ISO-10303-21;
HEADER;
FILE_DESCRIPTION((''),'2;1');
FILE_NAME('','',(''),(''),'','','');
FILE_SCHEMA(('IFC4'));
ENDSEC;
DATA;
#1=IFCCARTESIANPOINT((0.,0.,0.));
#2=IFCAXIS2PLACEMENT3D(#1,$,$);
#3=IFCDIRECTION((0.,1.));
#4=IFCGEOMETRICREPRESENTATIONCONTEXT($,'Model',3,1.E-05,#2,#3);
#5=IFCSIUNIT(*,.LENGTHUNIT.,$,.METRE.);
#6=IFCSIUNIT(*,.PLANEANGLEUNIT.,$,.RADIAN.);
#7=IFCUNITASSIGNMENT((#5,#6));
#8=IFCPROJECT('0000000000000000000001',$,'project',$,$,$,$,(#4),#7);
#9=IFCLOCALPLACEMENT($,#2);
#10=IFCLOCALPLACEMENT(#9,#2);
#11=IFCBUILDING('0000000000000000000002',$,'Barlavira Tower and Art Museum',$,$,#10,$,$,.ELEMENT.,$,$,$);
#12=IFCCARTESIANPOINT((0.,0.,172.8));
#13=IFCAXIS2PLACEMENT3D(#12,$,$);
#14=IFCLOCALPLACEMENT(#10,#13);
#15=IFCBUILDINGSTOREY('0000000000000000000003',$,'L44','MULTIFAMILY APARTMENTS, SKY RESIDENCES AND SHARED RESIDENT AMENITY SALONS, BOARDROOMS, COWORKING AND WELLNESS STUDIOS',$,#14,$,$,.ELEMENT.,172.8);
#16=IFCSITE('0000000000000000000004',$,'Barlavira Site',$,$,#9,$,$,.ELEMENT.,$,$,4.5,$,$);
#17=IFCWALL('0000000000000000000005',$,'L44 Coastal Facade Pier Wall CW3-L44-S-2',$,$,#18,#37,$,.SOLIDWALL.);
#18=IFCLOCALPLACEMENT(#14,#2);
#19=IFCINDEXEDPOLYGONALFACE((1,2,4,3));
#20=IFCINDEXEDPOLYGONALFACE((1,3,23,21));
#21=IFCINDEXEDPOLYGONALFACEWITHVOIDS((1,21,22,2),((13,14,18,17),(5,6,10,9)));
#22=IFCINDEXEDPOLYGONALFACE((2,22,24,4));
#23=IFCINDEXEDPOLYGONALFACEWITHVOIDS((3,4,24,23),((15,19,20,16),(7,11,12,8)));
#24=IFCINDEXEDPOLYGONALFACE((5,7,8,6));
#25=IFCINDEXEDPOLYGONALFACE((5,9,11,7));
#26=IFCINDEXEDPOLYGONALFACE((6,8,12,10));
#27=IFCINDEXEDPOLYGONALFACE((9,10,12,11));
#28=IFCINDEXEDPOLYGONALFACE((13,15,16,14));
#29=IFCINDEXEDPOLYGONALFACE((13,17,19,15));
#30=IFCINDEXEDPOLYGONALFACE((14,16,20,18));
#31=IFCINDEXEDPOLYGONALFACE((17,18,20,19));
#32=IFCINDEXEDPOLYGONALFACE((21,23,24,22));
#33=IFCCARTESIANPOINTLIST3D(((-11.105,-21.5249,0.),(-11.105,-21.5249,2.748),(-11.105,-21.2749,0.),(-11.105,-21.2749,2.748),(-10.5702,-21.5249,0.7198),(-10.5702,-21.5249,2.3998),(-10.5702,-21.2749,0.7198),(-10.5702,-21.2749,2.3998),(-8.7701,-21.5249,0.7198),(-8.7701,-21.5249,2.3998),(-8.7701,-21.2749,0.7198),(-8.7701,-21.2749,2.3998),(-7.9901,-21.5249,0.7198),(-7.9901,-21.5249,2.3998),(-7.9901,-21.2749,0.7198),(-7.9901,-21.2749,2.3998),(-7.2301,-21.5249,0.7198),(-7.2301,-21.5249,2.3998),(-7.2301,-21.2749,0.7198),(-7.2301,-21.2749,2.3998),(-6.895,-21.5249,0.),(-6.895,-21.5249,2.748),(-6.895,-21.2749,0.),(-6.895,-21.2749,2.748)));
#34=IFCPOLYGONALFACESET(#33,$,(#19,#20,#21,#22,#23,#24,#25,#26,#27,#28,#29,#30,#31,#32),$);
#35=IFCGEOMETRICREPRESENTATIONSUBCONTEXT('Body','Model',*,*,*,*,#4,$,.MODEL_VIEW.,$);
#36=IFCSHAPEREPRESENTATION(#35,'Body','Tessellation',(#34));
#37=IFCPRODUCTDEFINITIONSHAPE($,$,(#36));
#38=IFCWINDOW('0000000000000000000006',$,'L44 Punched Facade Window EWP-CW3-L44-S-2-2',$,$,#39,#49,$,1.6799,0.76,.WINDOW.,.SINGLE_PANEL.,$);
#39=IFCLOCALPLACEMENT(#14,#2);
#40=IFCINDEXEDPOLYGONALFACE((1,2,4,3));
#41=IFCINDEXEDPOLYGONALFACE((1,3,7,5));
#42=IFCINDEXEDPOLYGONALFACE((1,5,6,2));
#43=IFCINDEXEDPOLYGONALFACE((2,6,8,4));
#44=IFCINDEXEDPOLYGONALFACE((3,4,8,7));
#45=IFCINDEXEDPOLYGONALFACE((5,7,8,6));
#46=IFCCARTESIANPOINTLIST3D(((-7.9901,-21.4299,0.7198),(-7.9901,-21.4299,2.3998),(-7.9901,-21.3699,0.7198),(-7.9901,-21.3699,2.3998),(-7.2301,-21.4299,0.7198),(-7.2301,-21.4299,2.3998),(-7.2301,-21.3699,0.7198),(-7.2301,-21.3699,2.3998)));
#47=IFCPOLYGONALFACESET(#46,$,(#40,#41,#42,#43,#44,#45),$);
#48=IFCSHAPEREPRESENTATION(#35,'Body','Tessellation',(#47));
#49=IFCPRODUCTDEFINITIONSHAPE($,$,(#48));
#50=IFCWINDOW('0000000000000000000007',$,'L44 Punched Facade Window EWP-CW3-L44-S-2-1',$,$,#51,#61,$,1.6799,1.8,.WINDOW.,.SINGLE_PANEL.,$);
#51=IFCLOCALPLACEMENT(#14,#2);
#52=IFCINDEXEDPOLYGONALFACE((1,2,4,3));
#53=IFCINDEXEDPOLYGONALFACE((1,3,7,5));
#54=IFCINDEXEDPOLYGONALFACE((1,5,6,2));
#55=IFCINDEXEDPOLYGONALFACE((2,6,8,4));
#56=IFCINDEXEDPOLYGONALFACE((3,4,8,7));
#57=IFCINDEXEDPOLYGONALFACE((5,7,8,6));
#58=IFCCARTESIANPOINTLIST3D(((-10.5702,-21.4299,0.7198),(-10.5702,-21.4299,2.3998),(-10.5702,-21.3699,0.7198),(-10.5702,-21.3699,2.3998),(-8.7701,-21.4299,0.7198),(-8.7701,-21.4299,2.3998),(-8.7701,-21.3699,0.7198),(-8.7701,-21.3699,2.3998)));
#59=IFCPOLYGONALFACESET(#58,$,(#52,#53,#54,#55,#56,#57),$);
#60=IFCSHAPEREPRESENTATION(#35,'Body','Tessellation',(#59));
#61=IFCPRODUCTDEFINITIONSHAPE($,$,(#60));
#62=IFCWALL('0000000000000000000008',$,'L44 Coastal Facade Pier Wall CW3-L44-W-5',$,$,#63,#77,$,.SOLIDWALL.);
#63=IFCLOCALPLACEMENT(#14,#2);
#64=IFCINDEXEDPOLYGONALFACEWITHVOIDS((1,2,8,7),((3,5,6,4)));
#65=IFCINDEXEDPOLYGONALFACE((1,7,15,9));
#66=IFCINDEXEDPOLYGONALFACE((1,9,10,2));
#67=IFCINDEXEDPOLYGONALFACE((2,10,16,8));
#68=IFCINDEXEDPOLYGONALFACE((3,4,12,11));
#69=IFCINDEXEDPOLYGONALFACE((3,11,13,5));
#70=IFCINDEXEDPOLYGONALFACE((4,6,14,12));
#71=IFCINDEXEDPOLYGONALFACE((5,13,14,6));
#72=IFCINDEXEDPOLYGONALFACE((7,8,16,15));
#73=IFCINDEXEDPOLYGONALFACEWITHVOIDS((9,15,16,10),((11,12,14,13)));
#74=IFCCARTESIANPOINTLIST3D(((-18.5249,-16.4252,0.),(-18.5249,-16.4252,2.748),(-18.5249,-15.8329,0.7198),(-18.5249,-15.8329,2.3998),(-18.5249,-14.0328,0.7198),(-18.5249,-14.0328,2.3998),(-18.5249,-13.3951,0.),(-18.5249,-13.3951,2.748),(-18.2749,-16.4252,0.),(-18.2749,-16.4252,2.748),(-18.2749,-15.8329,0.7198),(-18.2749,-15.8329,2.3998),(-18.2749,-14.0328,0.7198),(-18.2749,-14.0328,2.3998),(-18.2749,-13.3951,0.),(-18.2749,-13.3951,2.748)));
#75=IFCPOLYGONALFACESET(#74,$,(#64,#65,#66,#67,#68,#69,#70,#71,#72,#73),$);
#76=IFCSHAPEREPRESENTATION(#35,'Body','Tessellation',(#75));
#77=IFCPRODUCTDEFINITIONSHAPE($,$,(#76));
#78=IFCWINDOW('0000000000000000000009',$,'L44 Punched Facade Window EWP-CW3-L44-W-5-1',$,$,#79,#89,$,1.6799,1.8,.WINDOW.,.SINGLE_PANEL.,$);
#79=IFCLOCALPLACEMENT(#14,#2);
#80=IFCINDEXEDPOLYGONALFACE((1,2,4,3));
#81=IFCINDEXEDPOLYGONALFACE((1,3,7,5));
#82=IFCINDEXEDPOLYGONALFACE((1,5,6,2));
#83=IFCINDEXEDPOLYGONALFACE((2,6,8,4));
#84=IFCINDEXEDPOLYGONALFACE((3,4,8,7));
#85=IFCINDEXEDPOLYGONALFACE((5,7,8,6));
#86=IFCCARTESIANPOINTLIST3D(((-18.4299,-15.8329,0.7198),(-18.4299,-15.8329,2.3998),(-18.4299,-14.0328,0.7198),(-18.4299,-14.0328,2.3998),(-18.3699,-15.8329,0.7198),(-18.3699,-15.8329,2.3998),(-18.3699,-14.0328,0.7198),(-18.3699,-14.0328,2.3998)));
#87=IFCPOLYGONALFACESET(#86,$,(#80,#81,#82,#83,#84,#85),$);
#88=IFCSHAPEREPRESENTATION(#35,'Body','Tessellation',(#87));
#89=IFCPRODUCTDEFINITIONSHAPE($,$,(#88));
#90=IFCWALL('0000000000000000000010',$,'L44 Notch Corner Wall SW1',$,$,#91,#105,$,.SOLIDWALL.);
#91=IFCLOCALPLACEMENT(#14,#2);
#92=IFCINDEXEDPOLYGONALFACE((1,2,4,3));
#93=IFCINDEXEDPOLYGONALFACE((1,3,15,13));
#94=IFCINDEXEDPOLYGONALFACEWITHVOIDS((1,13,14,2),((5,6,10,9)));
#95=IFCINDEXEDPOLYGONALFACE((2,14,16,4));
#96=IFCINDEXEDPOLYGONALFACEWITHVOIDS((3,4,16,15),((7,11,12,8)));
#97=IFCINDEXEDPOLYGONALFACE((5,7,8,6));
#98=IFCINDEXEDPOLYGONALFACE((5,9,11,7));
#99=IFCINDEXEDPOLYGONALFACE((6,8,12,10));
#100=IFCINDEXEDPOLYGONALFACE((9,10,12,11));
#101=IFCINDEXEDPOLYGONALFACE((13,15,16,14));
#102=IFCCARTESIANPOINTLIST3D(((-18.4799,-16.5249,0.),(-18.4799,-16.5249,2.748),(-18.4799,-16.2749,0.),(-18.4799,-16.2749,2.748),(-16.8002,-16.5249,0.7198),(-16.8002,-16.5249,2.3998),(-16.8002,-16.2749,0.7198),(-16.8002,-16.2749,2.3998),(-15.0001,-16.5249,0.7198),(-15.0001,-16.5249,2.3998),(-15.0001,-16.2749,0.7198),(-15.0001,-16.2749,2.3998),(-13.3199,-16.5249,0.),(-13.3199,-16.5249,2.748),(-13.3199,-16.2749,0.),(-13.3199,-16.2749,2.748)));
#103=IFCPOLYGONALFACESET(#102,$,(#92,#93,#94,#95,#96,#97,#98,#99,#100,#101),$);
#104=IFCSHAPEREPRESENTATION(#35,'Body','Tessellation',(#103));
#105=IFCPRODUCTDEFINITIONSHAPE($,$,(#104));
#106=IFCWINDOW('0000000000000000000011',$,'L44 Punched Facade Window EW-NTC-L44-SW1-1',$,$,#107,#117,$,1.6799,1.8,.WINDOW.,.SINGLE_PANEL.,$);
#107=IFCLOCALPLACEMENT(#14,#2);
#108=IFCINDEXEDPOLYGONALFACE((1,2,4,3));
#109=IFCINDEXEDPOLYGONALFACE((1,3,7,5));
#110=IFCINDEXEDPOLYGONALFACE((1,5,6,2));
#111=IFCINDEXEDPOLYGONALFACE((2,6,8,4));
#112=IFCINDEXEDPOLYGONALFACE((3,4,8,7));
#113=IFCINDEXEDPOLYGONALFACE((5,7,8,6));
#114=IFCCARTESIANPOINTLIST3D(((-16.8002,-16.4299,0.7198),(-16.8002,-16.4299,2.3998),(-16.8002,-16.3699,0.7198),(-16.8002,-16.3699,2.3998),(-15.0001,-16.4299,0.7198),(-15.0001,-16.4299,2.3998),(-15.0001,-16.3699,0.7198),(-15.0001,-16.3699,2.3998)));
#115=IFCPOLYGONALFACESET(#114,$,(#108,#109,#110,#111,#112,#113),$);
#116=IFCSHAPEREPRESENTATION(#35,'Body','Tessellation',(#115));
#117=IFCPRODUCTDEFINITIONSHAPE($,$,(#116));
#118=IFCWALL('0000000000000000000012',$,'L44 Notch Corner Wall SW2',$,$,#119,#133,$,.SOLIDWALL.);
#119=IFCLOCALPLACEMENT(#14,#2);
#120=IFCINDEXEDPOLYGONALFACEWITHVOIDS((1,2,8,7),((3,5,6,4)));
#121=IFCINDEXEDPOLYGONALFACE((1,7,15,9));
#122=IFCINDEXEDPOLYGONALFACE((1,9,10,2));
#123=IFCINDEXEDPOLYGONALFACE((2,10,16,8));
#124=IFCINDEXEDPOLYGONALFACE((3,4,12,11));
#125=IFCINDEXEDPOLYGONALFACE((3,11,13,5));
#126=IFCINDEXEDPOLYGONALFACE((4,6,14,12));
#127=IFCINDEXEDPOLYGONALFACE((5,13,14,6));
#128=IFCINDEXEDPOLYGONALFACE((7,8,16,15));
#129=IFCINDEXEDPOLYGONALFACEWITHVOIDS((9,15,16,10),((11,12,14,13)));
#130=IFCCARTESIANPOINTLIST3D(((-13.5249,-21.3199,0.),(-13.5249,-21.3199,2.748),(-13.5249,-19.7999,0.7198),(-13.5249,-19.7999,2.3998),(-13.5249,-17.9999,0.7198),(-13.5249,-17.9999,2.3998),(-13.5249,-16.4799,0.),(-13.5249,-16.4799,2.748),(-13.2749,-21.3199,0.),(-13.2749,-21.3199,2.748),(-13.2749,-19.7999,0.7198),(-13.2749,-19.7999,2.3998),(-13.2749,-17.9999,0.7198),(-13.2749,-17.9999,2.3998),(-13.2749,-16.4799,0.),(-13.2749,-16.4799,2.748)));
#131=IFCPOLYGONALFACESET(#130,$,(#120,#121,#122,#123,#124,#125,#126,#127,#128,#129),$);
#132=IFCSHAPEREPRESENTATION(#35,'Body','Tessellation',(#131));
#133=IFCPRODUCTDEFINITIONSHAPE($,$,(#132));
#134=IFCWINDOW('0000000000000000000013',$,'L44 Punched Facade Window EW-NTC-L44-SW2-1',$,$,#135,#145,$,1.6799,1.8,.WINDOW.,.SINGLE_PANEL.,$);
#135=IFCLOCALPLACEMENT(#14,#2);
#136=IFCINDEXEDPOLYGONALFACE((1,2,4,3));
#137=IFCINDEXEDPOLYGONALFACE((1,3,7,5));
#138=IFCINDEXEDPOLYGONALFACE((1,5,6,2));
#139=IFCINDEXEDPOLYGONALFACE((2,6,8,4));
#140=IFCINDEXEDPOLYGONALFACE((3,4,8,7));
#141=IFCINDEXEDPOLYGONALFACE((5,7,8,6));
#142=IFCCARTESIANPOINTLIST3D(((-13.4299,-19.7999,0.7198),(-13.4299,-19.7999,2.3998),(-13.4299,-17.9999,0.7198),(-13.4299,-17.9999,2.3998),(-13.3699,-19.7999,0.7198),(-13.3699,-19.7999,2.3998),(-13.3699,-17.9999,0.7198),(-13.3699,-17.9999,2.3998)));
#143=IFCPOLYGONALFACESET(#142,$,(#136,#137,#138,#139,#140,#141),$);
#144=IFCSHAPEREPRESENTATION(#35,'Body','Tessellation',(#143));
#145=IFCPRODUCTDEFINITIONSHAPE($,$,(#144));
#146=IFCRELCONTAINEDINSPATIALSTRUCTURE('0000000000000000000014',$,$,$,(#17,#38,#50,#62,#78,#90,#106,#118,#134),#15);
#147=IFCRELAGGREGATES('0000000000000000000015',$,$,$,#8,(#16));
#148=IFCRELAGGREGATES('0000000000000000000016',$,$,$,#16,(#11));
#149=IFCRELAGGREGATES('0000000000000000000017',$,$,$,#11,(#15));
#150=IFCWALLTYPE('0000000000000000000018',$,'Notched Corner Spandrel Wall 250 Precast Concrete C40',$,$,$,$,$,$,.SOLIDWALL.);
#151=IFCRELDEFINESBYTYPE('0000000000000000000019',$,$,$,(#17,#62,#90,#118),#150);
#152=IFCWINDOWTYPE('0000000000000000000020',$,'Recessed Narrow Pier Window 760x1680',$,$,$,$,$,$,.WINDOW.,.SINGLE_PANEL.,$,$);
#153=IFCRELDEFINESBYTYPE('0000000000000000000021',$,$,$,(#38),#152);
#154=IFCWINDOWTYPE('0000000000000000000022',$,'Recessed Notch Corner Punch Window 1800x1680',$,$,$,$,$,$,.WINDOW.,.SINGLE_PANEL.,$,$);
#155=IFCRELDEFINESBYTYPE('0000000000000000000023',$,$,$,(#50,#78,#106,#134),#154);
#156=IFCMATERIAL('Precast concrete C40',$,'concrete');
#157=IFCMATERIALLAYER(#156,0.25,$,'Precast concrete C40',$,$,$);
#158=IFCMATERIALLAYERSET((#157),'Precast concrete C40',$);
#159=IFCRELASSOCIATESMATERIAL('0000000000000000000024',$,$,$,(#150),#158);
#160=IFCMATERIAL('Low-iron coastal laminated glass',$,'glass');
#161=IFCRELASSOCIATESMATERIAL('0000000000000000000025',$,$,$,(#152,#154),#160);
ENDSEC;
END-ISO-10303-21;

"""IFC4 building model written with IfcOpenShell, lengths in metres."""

from ifc_helpers import new_model, si_unit, direction, frame, frame_2d, origin, place, context, subcontext, project, spatial, rectangle, extrude, material, layer, layer_set, type_object, element, fill, save


model = new_model("IFC4")

# Units and contexts
model_context = context("Model", 3, precision=1e-05, world=origin(), true_north=direction((0.0, 1.0)))
body_context = subcontext(model_context, "Body", "Model", "MODEL_VIEW")
ifc_project = project(units=[si_unit("LENGTHUNIT", "METRE"), si_unit("PLANEANGLEUNIT", "RADIAN")], contexts=[model_context])

# Site, building, storey
site_placement = place(None, origin())
site = spatial("IfcSite", under=ifc_project, at=site_placement, Name="Barlavira Site", CompositionType="ELEMENT", RefElevation=4.5)
building_placement = place(site_placement, origin())
building = spatial("IfcBuilding", under=site, at=building_placement, Name="Barlavira Tower and Art Museum", CompositionType="ELEMENT")
storey_placement = place(building_placement, frame((0.0, 0.0, 172.8)))
storey = spatial("IfcBuildingStorey", under=building, at=storey_placement, Name="L44", Description="MULTIFAMILY APARTMENTS, SKY RESIDENCES AND SHARED RESIDENT AMENITY SALONS, BOARDROOMS, COWORKING AND WELLNESS STUDIOS", CompositionType="ELEMENT", Elevation=172.8)

# Shared definitions
ifc_material_1 = material(Name="Precast concrete C40", Category="concrete")
ifc_layer_1 = layer(ifc_material_1, 0.25, Name="Precast concrete C40")
ifc_layer_set_1 = layer_set([ifc_layer_1], Name="Precast concrete C40")
wall_type_1 = type_object("IfcWallType", Name="Notched Corner Spandrel Wall 250 Precast Concrete C40", PredefinedType="SOLIDWALL", material=ifc_layer_set_1)
ifc_material_2 = material(Name="Low-iron coastal laminated glass", Category="glass")
window_type_1 = type_object("IfcWindowType", Name="Recessed Narrow Pier Window 760x1680", PartitioningType="SINGLE_PANEL", PredefinedType="WINDOW", material=ifc_material_2)

# Wall, openings, windows
wall_1_placement = place(storey_placement, frame((-11.105, -21.3999, 0.0), z_axis=(0.0, 0.0, 1.0), x_axis=(1.0, 0.0, 0.0)))
wall_1 = element("IfcWall", 1, at=wall_1_placement, inside=storey, type_object=wall_type_1, Name="L44 Coastal Facade Pier Wall CW3-L44-S-2", PredefinedType="SOLIDWALL", context=body_context, shape_type="SweptSolid", body=[
    extrude(rectangle(XDim=4.21, YDim=0.25, at=frame_2d((2.105, 0.0))), origin(), (0.0, 0.0, 1.0), 2.748),
])
opening_1_placement = place(wall_1_placement, frame((0.5349, 0.0, 0.72)))
opening_1 = element("IfcOpeningElement", 2, at=opening_1_placement, cuts=wall_1, PredefinedType="OPENING", context=body_context, shape_type="SweptSolid", body=[
    extrude(rectangle(XDim=1.8, YDim=1.6799, at=frame_2d((0.8999, 0.8398))), frame((0.0, 0.135, 0.0), z_axis=(0.0, -1.0, 0.0), x_axis=(1.0, 0.0, 0.0)), (0.0, 0.0, 1.0), 0.27),
])
opening_2_placement = place(wall_1_placement, frame((3.115, 0.0, 0.72)))
opening_2 = element("IfcOpeningElement", 3, at=opening_2_placement, cuts=wall_1, PredefinedType="OPENING", context=body_context, shape_type="SweptSolid", body=[
    extrude(rectangle(XDim=0.76, YDim=1.6799, at=frame_2d((0.3799, 0.8398))), frame((0.0, 0.135, 0.0), z_axis=(0.0, -1.0, 0.0), x_axis=(1.0, 0.0, 0.0)), (0.0, 0.0, 1.0), 0.27),
])
window_1_placement = place(opening_2_placement, origin())
window_1 = element("IfcWindow", 4, at=window_1_placement, inside=storey, type_object=window_type_1, Name="L44 Punched Facade Window EWP-CW3-L44-S-2-2", OverallHeight=1.6799, OverallWidth=0.76, PartitioningType="SINGLE_PANEL", PredefinedType="WINDOW", context=body_context, shape_type="SweptSolid", body=[
    extrude(rectangle(XDim=0.76, YDim=1.6799, at=frame_2d((0.3799, 0.8398))), frame((0.0, 0.03, 0.0), z_axis=(0.0, -1.0, 0.0), x_axis=(1.0, 0.0, 0.0)), (0.0, 0.0, 1.0), 0.0601),
])
fill(opening_2, window_1)
window_type_2 = type_object("IfcWindowType", Name="Recessed Notch Corner Punch Window 1800x1680", PartitioningType="SINGLE_PANEL", PredefinedType="WINDOW", material=ifc_material_2)
window_2_placement = place(opening_1_placement, origin())
window_2 = element("IfcWindow", 5, at=window_2_placement, inside=storey, type_object=window_type_2, Name="L44 Punched Facade Window EWP-CW3-L44-S-2-1", OverallHeight=1.6799, OverallWidth=1.8, PartitioningType="SINGLE_PANEL", PredefinedType="WINDOW", context=body_context, shape_type="SweptSolid", body=[
    extrude(rectangle(XDim=1.8, YDim=1.6799, at=frame_2d((0.8999, 0.8398))), frame((0.0, 0.03, 0.0), z_axis=(0.0, -1.0, 0.0), x_axis=(1.0, 0.0, 0.0)), (0.0, 0.0, 1.0), 0.0601),
])
fill(opening_1, window_2)

# Walls, openings, windows
wall_2_placement = place(storey_placement, frame((-18.3999, -13.395, 0.0), z_axis=(0.0, 0.0, 1.0), x_axis=(0.0, -1.0, 0.0)))
wall_2 = element("IfcWall", 6, at=wall_2_placement, inside=storey, type_object=wall_type_1, Name="L44 Coastal Facade Pier Wall CW3-L44-W-5", PredefinedType="SOLIDWALL", context=body_context, shape_type="SweptSolid", body=[
    extrude(rectangle(XDim=3.03, YDim=0.25, at=frame_2d((1.5151, 0.0))), origin(), (0.0, 0.0, 1.0), 2.748),
])
opening_3_placement = place(wall_2_placement, frame((0.6379, 0.0, 0.72)))
opening_3 = element("IfcOpeningElement", 7, at=opening_3_placement, cuts=wall_2, PredefinedType="OPENING", context=body_context, shape_type="SweptSolid", body=[
    extrude(rectangle(XDim=1.8, YDim=1.6799, at=frame_2d((0.8999, 0.8398))), frame((0.0, 0.135, 0.0), z_axis=(0.0, -1.0, 0.0), x_axis=(1.0, 0.0, 0.0)), (0.0, 0.0, 1.0), 0.27),
])
window_3_placement = place(opening_3_placement, origin())
window_3 = element("IfcWindow", 8, at=window_3_placement, inside=storey, type_object=window_type_2, Name="L44 Punched Facade Window EWP-CW3-L44-W-5-1", OverallHeight=1.6799, OverallWidth=1.8, PartitioningType="SINGLE_PANEL", PredefinedType="WINDOW", context=body_context, shape_type="SweptSolid", body=[
    extrude(rectangle(XDim=1.8, YDim=1.6799, at=frame_2d((0.8999, 0.8398))), frame((0.0, 0.03, 0.0), z_axis=(0.0, -1.0, 0.0), x_axis=(1.0, 0.0, 0.0)), (0.0, 0.0, 1.0), 0.0601),
])
fill(opening_3, window_3)
wall_3_placement = place(storey_placement, frame((-18.48, -16.3999, 0.0), z_axis=(0.0, 0.0, 1.0), x_axis=(1.0, 0.0, 0.0)))
wall_3 = element("IfcWall", 9, at=wall_3_placement, inside=storey, type_object=wall_type_1, Name="L44 Notch Corner Wall SW1", PredefinedType="SOLIDWALL", context=body_context, shape_type="SweptSolid", body=[
    extrude(rectangle(XDim=5.1599, YDim=0.25, at=frame_2d((2.5801, 0.0))), origin(), (0.0, 0.0, 1.0), 2.748),
])
opening_4_placement = place(wall_3_placement, frame((1.6799, 0.0, 0.72)))
opening_4 = element("IfcOpeningElement", 10, at=opening_4_placement, cuts=wall_3, PredefinedType="OPENING", context=body_context, shape_type="SweptSolid", body=[
    extrude(rectangle(XDim=1.8, YDim=1.6799, at=frame_2d((0.8999, 0.8398))), frame((0.0, 0.135, 0.0), z_axis=(0.0, -1.0, 0.0), x_axis=(1.0, 0.0, 0.0)), (0.0, 0.0, 1.0), 0.27),
])
window_4_placement = place(opening_4_placement, origin())
window_4 = element("IfcWindow", 11, at=window_4_placement, inside=storey, type_object=window_type_2, Name="L44 Punched Facade Window EW-NTC-L44-SW1-1", OverallHeight=1.6799, OverallWidth=1.8, PartitioningType="SINGLE_PANEL", PredefinedType="WINDOW", context=body_context, shape_type="SweptSolid", body=[
    extrude(rectangle(XDim=1.8, YDim=1.6799, at=frame_2d((0.8999, 0.8398))), frame((0.0, 0.03, 0.0), z_axis=(0.0, -1.0, 0.0), x_axis=(1.0, 0.0, 0.0)), (0.0, 0.0, 1.0), 0.0601),
])
fill(opening_4, window_4)
wall_4_placement = place(storey_placement, frame((-13.3999, -16.48, 0.0), z_axis=(0.0, 0.0, 1.0), x_axis=(0.0, -1.0, 0.0)))
wall_4 = element("IfcWall", 12, at=wall_4_placement, inside=storey, type_object=wall_type_1, Name="L44 Notch Corner Wall SW2", PredefinedType="SOLIDWALL", context=body_context, shape_type="SweptSolid", body=[
    extrude(rectangle(XDim=4.8401, YDim=0.25, at=frame_2d((2.4199, 0.0))), origin(), (0.0, 0.0, 1.0), 2.748),
])
opening_5_placement = place(wall_4_placement, frame((1.52, 0.0, 0.72)))
opening_5 = element("IfcOpeningElement", 13, at=opening_5_placement, cuts=wall_4, PredefinedType="OPENING", context=body_context, shape_type="SweptSolid", body=[
    extrude(rectangle(XDim=1.8, YDim=1.6799, at=frame_2d((0.8999, 0.8398))), frame((0.0, 0.135, 0.0), z_axis=(0.0, -1.0, 0.0), x_axis=(1.0, 0.0, 0.0)), (0.0, 0.0, 1.0), 0.27),
])
window_5_placement = place(opening_5_placement, origin())
window_5 = element("IfcWindow", 14, at=window_5_placement, inside=storey, type_object=window_type_2, Name="L44 Punched Facade Window EW-NTC-L44-SW2-1", OverallHeight=1.6799, OverallWidth=1.8, PartitioningType="SINGLE_PANEL", PredefinedType="WINDOW", context=body_context, shape_type="SweptSolid", body=[
    extrude(rectangle(XDim=1.8, YDim=1.6799, at=frame_2d((0.8999, 0.8398))), frame((0.0, 0.03, 0.0), z_axis=(0.0, -1.0, 0.0), x_axis=(1.0, 0.0, 0.0)), (0.0, 0.0, 1.0), 0.0601),
])
fill(opening_5, window_5)

save(model, "model.ifc")
